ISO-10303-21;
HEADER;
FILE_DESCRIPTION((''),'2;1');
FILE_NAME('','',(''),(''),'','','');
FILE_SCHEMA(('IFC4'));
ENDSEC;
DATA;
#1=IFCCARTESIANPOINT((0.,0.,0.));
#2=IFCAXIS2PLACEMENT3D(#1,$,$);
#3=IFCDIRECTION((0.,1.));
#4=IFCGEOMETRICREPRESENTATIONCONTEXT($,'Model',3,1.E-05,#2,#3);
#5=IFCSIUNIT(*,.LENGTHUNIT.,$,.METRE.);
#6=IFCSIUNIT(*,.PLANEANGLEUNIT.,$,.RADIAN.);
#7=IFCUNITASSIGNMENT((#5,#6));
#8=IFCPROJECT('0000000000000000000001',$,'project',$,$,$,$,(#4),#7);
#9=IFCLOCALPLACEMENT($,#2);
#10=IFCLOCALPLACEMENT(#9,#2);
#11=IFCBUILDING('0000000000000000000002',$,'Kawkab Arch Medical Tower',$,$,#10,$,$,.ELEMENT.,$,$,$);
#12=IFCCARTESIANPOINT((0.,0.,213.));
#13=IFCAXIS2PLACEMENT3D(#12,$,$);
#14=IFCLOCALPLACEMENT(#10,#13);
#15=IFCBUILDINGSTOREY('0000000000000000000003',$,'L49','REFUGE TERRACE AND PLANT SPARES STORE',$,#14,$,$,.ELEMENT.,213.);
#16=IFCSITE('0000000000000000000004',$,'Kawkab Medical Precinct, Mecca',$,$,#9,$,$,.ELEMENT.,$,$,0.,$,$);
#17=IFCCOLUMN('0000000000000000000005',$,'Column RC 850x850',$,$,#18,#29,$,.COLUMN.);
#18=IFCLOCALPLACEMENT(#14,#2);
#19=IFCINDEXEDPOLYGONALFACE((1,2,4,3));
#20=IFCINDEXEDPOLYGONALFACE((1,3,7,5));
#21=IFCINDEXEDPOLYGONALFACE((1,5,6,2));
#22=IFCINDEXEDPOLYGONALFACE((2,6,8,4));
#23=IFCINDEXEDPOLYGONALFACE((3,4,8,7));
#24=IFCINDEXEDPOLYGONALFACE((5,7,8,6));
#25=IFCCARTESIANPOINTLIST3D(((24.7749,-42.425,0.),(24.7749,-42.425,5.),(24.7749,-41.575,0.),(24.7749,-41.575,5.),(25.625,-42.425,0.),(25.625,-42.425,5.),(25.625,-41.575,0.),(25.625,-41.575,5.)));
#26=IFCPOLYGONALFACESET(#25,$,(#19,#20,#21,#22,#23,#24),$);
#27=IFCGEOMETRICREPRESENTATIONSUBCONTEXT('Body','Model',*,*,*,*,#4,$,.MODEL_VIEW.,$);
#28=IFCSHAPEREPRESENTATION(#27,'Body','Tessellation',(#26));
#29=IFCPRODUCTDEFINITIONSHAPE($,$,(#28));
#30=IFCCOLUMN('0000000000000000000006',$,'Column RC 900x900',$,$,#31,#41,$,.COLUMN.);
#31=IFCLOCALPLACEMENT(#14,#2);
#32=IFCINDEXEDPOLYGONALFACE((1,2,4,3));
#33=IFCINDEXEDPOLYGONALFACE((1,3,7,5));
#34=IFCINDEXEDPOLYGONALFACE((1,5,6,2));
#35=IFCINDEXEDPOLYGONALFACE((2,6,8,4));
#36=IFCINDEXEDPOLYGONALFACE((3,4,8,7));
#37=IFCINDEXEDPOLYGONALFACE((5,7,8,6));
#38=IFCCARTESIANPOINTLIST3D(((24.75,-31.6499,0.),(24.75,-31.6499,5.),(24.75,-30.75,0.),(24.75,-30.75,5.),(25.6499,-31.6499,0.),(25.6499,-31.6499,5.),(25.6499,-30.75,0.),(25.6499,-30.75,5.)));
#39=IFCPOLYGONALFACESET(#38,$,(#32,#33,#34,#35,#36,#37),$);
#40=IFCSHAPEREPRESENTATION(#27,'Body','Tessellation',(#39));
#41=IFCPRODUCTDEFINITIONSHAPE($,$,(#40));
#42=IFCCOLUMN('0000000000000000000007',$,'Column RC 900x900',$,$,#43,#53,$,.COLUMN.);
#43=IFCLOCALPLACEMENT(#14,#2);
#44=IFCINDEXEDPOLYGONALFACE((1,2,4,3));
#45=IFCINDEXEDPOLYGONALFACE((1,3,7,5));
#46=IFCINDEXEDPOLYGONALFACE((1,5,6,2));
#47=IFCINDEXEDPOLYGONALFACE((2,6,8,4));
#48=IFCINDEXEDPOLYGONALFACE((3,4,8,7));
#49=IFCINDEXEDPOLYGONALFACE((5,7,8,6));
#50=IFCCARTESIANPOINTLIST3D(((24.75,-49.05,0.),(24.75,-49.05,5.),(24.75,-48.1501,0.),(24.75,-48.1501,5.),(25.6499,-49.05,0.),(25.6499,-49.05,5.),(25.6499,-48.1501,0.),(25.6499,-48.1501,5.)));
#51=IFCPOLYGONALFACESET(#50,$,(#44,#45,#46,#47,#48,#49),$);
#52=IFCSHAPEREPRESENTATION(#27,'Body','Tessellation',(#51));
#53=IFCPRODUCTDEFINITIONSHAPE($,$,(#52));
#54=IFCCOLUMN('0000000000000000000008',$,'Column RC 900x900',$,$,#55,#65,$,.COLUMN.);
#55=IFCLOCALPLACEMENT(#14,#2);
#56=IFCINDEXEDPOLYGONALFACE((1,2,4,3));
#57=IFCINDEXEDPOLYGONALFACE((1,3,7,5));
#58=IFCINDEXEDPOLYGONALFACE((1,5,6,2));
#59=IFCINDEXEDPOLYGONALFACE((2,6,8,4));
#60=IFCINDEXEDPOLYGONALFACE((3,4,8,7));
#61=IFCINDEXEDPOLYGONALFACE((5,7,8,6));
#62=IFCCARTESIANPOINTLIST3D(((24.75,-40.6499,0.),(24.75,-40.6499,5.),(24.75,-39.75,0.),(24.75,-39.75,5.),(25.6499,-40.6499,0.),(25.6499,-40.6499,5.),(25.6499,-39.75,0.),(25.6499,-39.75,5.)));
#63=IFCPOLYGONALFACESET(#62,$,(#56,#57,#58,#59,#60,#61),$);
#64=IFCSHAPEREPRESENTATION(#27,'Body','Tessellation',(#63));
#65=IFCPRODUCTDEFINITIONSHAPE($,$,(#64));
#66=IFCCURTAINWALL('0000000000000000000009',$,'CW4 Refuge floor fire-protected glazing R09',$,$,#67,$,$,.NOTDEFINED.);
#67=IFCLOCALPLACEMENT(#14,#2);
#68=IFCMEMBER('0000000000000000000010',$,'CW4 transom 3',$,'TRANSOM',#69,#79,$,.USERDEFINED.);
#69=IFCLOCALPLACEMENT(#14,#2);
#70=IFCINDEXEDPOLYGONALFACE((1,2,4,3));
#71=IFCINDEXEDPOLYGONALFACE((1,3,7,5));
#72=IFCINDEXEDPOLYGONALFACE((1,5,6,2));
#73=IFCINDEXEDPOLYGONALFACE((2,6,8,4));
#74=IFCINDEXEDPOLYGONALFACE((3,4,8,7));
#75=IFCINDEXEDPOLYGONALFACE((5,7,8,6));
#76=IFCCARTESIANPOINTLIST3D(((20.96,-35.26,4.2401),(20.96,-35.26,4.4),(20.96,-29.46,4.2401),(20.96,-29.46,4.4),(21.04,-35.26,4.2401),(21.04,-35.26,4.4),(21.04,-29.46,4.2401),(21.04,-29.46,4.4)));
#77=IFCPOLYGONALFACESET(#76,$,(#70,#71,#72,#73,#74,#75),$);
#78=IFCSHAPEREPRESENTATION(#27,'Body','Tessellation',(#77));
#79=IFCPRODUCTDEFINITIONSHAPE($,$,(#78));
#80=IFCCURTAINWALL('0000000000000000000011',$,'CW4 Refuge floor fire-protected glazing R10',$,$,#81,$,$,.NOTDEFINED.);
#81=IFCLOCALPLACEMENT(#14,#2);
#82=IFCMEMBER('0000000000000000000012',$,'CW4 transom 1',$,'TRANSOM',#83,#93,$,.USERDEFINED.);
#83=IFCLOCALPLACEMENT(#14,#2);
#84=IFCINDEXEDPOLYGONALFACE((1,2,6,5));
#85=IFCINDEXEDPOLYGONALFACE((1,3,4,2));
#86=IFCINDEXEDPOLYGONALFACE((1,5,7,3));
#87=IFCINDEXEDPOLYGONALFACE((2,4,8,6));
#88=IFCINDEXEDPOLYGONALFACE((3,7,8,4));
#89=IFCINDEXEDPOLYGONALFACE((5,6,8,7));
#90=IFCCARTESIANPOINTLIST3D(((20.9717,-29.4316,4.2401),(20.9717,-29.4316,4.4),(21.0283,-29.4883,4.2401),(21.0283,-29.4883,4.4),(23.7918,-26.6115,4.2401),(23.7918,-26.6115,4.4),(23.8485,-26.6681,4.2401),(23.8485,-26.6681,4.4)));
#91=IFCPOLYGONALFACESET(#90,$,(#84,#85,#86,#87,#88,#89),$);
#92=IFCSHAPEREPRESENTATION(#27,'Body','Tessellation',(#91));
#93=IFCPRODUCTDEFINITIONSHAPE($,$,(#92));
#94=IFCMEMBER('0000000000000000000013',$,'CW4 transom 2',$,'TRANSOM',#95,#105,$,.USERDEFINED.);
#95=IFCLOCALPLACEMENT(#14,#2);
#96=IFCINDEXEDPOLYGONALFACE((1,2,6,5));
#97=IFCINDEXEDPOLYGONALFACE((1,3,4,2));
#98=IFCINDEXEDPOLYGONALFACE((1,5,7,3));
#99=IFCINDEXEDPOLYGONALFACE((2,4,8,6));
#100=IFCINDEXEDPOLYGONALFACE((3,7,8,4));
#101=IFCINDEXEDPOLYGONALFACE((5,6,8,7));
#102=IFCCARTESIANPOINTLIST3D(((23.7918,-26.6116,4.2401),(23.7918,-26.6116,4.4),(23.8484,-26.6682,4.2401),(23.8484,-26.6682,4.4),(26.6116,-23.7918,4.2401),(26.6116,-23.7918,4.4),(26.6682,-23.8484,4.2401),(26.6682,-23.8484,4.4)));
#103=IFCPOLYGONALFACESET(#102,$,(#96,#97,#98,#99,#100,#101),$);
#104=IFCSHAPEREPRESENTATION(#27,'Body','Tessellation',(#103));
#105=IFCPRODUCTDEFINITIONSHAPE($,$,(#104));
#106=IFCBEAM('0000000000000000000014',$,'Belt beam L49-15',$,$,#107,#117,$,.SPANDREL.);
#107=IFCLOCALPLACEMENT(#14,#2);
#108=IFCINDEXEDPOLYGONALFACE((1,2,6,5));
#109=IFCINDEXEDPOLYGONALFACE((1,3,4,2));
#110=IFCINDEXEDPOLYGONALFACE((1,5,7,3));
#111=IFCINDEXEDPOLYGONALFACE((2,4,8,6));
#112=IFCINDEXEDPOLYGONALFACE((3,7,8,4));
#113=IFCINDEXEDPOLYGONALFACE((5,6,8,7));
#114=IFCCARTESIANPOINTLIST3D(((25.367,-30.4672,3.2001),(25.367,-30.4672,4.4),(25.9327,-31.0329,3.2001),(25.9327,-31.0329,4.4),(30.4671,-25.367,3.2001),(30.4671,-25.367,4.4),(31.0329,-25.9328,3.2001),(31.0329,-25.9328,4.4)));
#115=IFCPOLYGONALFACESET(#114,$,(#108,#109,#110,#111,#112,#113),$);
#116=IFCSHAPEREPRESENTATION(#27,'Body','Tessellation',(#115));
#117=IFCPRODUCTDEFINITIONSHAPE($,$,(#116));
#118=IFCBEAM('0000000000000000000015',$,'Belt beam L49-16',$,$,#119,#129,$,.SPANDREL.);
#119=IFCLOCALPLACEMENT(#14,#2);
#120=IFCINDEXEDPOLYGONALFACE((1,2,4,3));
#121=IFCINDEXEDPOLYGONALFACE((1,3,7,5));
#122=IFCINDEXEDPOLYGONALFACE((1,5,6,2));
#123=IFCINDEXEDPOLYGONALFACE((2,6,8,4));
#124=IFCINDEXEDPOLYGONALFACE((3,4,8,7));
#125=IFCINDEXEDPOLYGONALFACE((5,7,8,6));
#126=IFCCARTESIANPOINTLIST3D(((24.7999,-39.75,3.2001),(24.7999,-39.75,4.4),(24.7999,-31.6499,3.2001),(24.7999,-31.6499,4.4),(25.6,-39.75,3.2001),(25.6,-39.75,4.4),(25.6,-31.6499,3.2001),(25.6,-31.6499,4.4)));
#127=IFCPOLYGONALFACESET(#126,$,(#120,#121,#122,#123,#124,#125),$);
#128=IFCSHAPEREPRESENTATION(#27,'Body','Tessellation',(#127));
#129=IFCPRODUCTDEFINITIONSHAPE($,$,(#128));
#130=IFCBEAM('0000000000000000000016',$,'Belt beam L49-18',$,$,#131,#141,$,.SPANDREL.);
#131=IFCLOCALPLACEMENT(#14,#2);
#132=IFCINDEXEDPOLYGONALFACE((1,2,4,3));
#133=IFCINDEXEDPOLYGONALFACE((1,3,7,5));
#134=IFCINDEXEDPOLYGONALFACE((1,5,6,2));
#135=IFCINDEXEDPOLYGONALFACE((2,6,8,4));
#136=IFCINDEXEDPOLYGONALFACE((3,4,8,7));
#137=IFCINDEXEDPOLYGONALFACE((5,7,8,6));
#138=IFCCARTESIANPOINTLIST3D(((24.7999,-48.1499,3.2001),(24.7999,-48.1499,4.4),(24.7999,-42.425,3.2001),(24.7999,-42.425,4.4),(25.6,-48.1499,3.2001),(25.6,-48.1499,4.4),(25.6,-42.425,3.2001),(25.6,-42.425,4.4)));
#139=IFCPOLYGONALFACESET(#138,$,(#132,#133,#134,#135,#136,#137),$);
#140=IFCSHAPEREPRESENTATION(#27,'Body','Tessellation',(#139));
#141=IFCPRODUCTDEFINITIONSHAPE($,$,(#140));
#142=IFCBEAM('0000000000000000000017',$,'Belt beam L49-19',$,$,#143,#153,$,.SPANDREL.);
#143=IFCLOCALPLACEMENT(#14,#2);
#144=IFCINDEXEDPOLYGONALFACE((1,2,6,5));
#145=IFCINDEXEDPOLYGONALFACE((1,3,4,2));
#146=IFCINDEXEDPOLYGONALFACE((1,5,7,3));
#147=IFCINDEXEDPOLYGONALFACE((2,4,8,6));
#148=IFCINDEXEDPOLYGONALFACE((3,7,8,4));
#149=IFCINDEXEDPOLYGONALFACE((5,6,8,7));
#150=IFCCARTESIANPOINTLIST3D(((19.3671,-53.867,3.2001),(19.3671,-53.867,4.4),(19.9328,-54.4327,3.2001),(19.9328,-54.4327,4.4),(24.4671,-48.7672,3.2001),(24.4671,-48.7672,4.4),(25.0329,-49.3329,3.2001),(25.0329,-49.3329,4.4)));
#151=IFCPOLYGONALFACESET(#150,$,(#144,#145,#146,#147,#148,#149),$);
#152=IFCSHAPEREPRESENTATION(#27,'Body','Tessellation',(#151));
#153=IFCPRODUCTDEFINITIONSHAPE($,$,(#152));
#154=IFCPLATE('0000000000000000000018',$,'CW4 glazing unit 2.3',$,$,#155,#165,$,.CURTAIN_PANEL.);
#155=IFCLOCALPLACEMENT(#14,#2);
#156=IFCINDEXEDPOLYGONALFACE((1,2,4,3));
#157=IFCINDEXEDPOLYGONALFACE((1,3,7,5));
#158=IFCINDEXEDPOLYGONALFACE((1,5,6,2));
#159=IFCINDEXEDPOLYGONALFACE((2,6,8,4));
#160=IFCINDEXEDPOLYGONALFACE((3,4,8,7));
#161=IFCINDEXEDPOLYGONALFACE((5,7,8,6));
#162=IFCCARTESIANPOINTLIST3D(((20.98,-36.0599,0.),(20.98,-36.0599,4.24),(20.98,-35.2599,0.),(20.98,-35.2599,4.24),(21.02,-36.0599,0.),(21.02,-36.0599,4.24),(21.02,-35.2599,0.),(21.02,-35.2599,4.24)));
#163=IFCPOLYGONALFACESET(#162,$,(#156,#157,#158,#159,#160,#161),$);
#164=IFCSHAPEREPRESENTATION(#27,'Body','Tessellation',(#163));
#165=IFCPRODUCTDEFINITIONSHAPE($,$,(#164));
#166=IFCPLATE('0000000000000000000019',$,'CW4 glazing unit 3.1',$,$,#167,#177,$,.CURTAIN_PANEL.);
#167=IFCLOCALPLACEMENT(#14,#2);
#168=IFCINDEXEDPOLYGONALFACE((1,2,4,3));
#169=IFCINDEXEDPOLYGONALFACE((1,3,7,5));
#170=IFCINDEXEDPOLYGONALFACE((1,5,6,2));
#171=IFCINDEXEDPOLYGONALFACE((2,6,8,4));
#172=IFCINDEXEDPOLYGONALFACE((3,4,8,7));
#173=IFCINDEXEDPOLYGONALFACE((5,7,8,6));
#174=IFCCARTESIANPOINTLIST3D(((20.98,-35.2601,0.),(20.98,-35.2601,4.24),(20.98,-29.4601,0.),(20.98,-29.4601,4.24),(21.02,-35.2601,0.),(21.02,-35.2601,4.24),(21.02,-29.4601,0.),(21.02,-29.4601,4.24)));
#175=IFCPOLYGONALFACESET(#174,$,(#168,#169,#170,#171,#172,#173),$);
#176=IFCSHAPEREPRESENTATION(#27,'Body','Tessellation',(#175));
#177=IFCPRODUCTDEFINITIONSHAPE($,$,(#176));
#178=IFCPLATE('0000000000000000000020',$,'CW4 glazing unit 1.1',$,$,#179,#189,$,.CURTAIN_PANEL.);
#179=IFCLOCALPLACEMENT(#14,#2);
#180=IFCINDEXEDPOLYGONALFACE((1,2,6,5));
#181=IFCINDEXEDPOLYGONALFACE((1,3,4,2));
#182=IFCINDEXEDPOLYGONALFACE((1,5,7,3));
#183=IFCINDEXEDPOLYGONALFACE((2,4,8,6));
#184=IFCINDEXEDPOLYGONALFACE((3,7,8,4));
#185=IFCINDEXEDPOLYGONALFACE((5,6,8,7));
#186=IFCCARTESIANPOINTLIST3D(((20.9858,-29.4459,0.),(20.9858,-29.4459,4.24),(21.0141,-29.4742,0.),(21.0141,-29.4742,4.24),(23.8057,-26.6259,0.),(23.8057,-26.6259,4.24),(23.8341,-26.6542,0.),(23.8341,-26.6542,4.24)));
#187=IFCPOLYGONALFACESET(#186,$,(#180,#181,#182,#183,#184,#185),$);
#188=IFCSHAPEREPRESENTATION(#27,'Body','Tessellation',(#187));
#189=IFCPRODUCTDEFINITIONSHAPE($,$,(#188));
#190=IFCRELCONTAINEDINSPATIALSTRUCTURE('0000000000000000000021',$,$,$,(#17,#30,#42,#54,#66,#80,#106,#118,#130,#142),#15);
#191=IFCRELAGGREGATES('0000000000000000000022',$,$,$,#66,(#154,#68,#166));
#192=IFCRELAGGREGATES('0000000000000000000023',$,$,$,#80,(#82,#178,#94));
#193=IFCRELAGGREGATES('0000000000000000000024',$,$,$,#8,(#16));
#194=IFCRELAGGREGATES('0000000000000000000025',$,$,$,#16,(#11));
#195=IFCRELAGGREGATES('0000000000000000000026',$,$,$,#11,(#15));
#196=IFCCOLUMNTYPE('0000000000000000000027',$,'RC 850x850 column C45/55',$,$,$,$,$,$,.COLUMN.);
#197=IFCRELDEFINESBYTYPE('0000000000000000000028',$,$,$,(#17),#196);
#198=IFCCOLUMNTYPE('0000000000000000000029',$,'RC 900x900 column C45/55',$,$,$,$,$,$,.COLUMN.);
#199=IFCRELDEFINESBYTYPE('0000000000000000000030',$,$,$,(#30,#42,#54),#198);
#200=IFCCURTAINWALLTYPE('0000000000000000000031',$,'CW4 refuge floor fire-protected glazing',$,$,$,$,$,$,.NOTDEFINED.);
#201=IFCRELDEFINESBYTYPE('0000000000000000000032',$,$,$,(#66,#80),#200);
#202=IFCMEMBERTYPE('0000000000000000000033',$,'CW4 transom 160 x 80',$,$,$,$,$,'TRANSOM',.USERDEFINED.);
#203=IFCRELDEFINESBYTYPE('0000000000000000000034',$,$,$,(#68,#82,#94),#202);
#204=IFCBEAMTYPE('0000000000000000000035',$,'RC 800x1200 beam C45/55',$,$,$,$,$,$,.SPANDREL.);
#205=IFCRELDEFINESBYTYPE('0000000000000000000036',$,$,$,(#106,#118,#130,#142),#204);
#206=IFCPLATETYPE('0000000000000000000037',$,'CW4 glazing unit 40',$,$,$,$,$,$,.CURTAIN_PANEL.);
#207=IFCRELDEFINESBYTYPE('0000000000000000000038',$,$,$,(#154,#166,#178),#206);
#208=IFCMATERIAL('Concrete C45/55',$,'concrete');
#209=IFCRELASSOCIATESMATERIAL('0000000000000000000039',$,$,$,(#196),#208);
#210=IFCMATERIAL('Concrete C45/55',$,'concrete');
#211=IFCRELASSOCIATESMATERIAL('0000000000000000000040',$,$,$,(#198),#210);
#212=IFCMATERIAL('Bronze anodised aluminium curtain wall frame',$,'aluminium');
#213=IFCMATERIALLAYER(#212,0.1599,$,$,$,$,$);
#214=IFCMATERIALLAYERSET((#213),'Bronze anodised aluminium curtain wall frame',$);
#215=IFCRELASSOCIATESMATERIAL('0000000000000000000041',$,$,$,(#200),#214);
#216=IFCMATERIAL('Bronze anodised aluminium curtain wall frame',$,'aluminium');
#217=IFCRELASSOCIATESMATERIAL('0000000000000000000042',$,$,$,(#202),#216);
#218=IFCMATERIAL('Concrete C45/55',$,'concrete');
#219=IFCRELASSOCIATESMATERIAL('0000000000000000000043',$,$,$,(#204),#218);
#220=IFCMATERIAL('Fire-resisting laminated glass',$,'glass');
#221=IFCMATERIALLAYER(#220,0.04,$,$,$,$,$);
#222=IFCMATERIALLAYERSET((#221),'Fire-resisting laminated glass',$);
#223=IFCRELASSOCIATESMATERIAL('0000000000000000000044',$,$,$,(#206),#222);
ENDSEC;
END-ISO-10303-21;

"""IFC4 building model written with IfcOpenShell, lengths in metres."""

from ifc_helpers import new_model, si_unit, direction, frame, origin, origin_2d, place, context, subcontext, project, spatial, rectangle, extrude, material, layer, layer_set, material_profile, profile_set, type_object, element, aggregate, save


model = new_model("IFC4")

# Units and contexts
model_context = context("Model", 3, precision=1e-05, world=origin(), true_north=direction((0.0, 1.0)))
body_context = subcontext(model_context, "Body", "Model", "MODEL_VIEW")
ifc_project = project(units=[si_unit("LENGTHUNIT", "METRE"), si_unit("PLANEANGLEUNIT", "RADIAN")], contexts=[model_context])

# Site, building, storey
site_placement = place(None, origin())
site = spatial("IfcSite", under=ifc_project, at=site_placement, Name="Kawkab Medical Precinct, Mecca", CompositionType="ELEMENT", RefElevation=0.0)
building_placement = place(site_placement, origin())
building = spatial("IfcBuilding", under=site, at=building_placement, Name="Kawkab Arch Medical Tower", CompositionType="ELEMENT")
storey_placement = place(building_placement, frame((0.0, 0.0, 213.0)))
storey = spatial("IfcBuildingStorey", under=building, at=storey_placement, Name="L49", Description="REFUGE TERRACE AND PLANT SPARES STORE", CompositionType="ELEMENT", Elevation=213.0)

# Columns
ifc_material_1 = material(Name="Concrete C45/55", Category="concrete")
ifc_material_profile_1 = material_profile(ifc_material_1, rectangle(XDim=0.8501, YDim=0.8501, at=origin_2d()), Name="RC 850x850")
ifc_profile_set_1 = profile_set([ifc_material_profile_1], Name="Concrete C45/55")
column_type_1 = type_object("IfcColumnType", Name="RC 850x850 column C45/55", PredefinedType="COLUMN", material=ifc_profile_set_1)
column_placement = place(storey_placement, frame((25.2, -42.0, 0.0), z_axis=(0.0, 0.0, 1.0), x_axis=(1.0, 0.0, 0.0)))
element("IfcColumn", 1, at=column_placement, inside=storey, type_object=column_type_1, Name="Column RC 850x850", PredefinedType="COLUMN", context=body_context, shape_type="SweptSolid", body=[
    extrude(rectangle(XDim=0.8501, YDim=0.8501, at=origin_2d()), origin(), (0.0, 0.0, 1.0), 5.0),
])
ifc_material_2 = material(Name="Concrete C45/55", Category="concrete")
ifc_material_profile_2 = material_profile(ifc_material_2, rectangle(XDim=0.8999, YDim=0.8999, at=origin_2d()), Name="RC 900x900")
ifc_profile_set_2 = profile_set([ifc_material_profile_2], Name="Concrete C45/55")
column_type_2 = type_object("IfcColumnType", Name="RC 900x900 column C45/55", PredefinedType="COLUMN", material=ifc_profile_set_2)
for number, where, z_axis, x_axis, name in (
    (2, (25.2, -31.2, 0.0), (0.0, 0.0, 1.0), (1.0, 0.0, 0.0), "Column RC 900x900"),
    (3, (25.2, -48.6001, 0.0), (0.0, 0.0, 1.0), (1.0, 0.0, 0.0), "Column RC 900x900"),
    (4, (25.2, -40.2, 0.0), (0.0, 0.0, 1.0), (1.0, 0.0, 0.0), "Column RC 900x900"),
):
    element("IfcColumn", number, at=place(storey_placement, frame(where, z_axis=z_axis, x_axis=x_axis)), inside=storey, type_object=column_type_2, Name=name, PredefinedType="COLUMN", context=body_context, shape_type="SweptSolid", body=[
        extrude(rectangle(XDim=0.8999, YDim=0.8999, at=origin_2d()), origin(), (0.0, 0.0, 1.0), 5.0),
    ])

# Curtain wall, member
ifc_material_3 = material(Name="Bronze anodised aluminium curtain wall frame", Category="aluminium")
ifc_layer_1 = layer(ifc_material_3, 0.1599)
ifc_layer_set_1 = layer_set([ifc_layer_1], Name="Bronze anodised aluminium curtain wall frame")
curtain_wall_type = type_object("IfcCurtainWallType", Name="CW4 refuge floor fire-protected glazing", PredefinedType="NOTDEFINED", material=ifc_layer_set_1)
placement = place(storey_placement, origin())
curtain_wall_1 = element("IfcCurtainWall", 5, at=placement, inside=storey, type_object=curtain_wall_type, Name="CW4 Refuge floor fire-protected glazing R09", PredefinedType="NOTDEFINED")
ifc_material_4 = material(Name="Bronze anodised aluminium curtain wall frame", Category="aluminium")
ifc_material_profile_3 = material_profile(ifc_material_4, rectangle(XDim=0.0801, YDim=0.1599, at=origin_2d()), Name="AL 80x160")
ifc_profile_set_3 = profile_set([ifc_material_profile_3], Name="Bronze anodised aluminium curtain wall frame")
member_type = type_object("IfcMemberType", Name="CW4 transom 160 x 80", ElementType="TRANSOM", PredefinedType="USERDEFINED", material=ifc_profile_set_3)
member_1_placement = place(storey_placement, frame((21.0, -35.26, 4.3201), z_axis=(0.0, 1.0, 0.0), x_axis=(-1.0, 0.0, 0.0)))
member_1 = element("IfcMember", 6, at=member_1_placement, type_object=member_type, Name="CW4 transom 3", ObjectType="TRANSOM", PredefinedType="USERDEFINED", context=body_context, shape_type="SweptSolid", body=[
    extrude(rectangle(XDim=0.0801, YDim=0.1599, at=origin_2d()), origin(), (0.0, 0.0, 1.0), 5.8),
])

# Curtain wall, members
curtain_wall_2 = element("IfcCurtainWall", 7, at=placement, inside=storey, type_object=curtain_wall_type, Name="CW4 Refuge floor fire-protected glazing R10", PredefinedType="NOTDEFINED")
member_2_placement = place(storey_placement, frame((21.0, -29.46, 4.3201), z_axis=(0.707107, 0.707107, 0.0), x_axis=(-0.707107, 0.707107, 0.0)))
member_2 = element("IfcMember", 8, at=member_2_placement, type_object=member_type, Name="CW4 transom 1", ObjectType="TRANSOM", PredefinedType="USERDEFINED", context=body_context, shape_type="SweptSolid", body=[
    extrude(rectangle(XDim=0.0801, YDim=0.1599, at=origin_2d()), origin(), (0.0, 0.0, 1.0), 3.9883),
])
member_3_placement = place(storey_placement, frame((23.8201, -26.6399, 4.3201), z_axis=(0.707107, 0.707107, 0.0), x_axis=(-0.707107, 0.707107, 0.0)))
member_3 = element("IfcMember", 9, at=member_3_placement, type_object=member_type, Name="CW4 transom 2", ObjectType="TRANSOM", PredefinedType="USERDEFINED", context=body_context, shape_type="SweptSolid", body=[
    extrude(rectangle(XDim=0.0801, YDim=0.1599, at=origin_2d()), origin(), (0.0, 0.0, 1.0), 3.9878),
])

# Beams
ifc_material_5 = material(Name="Concrete C45/55", Category="concrete")
ifc_material_profile_4 = material_profile(ifc_material_5, rectangle(XDim=0.8, YDim=1.2, at=origin_2d()), Name="RC 800x1200")
ifc_profile_set_4 = profile_set([ifc_material_profile_4], Name="Concrete C45/55")
beam_type = type_object("IfcBeamType", Name="RC 800x1200 beam C45/55", PredefinedType="SPANDREL", material=ifc_profile_set_4)
beam_1_placement = place(storey_placement, frame((30.75, -25.6499, 3.8), z_axis=(-0.707107, -0.707107, 0.0), x_axis=(0.707107, -0.707107, 0.0)))
element("IfcBeam", 10, at=beam_1_placement, inside=storey, type_object=beam_type, Name="Belt beam L49-15", PredefinedType="SPANDREL", context=body_context, shape_type="SweptSolid", body=[
    extrude(rectangle(XDim=0.8, YDim=1.2, at=origin_2d()), origin(), (0.0, 0.0, 1.0), 7.2126),
])
beam_2_placement = place(storey_placement, frame((25.2, -31.6499, 3.8), z_axis=(0.0, -1.0, 0.0), x_axis=(1.0, 0.0, 0.0)))
element("IfcBeam", 11, at=beam_2_placement, inside=storey, type_object=beam_type, Name="Belt beam L49-16", PredefinedType="SPANDREL", context=body_context, shape_type="SweptSolid", body=[
    extrude(rectangle(XDim=0.8, YDim=1.2, at=origin_2d()), origin(), (0.0, 0.0, 1.0), 8.1001),
])
beam_3_placement = place(storey_placement, frame((25.2, -42.425, 3.8), z_axis=(0.0, -1.0, 0.0), x_axis=(1.0, 0.0, 0.0)))
element("IfcBeam", 12, at=beam_3_placement, inside=storey, type_object=beam_type, Name="Belt beam L49-18", PredefinedType="SPANDREL", context=body_context, shape_type="SweptSolid", body=[
    extrude(rectangle(XDim=0.8, YDim=1.2, at=origin_2d()), origin(), (0.0, 0.0, 1.0), 5.7249),
])
beam_4_placement = place(storey_placement, frame((24.75, -49.05, 3.8), z_axis=(-0.707124, -0.70709, 0.0), x_axis=(0.70709, -0.707124, 0.0)))
element("IfcBeam", 13, at=beam_4_placement, inside=storey, type_object=beam_type, Name="Belt beam L49-19", PredefinedType="SPANDREL", context=body_context, shape_type="SweptSolid", body=[
    extrude(rectangle(XDim=0.8, YDim=1.2, at=origin_2d()), origin(), (0.0, 0.0, 1.0), 7.2124),
])

# Plates
ifc_material_6 = material(Name="Fire-resisting laminated glass", Category="glass")
ifc_layer_2 = layer(ifc_material_6, 0.04)
ifc_layer_set_2 = layer_set([ifc_layer_2], Name="Fire-resisting laminated glass")
plate_type = type_object("IfcPlateType", Name="CW4 glazing unit 40", PredefinedType="CURTAIN_PANEL", material=ifc_layer_set_2)
plate_1_placement = place(storey_placement, frame((21.0, -35.6599, 0.0), z_axis=(0.0, 0.0, 1.0), x_axis=(0.0, 1.0, 0.0)))
plate_1 = element("IfcPlate", 14, at=plate_1_placement, type_object=plate_type, Name="CW4 glazing unit 2.3", PredefinedType="CURTAIN_PANEL", context=body_context, shape_type="SweptSolid", body=[
    extrude(rectangle(XDim=0.8, YDim=0.04, at=origin_2d()), origin(), (0.0, 0.0, 1.0), 4.24),
])
plate_2_placement = place(storey_placement, frame((21.0, -32.3601, 0.0), z_axis=(0.0, 0.0, 1.0), x_axis=(0.0, 1.0, 0.0)))
plate_2 = element("IfcPlate", 15, at=plate_2_placement, type_object=plate_type, Name="CW4 glazing unit 3.1", PredefinedType="CURTAIN_PANEL", context=body_context, shape_type="SweptSolid", body=[
    extrude(rectangle(XDim=5.8, YDim=0.04, at=origin_2d()), origin(), (0.0, 0.0, 1.0), 4.24),
])
aggregate(curtain_wall_1, [plate_1, member_1, plate_2])
plate_3_placement = place(storey_placement, frame((22.4099, -28.05, 0.0), z_axis=(0.0, 0.0, 1.0), x_axis=(0.707107, 0.707107, 0.0)))
plate_3 = element("IfcPlate", 16, at=plate_3_placement, type_object=plate_type, Name="CW4 glazing unit 1.1", PredefinedType="CURTAIN_PANEL", context=body_context, shape_type="SweptSolid", body=[
    extrude(rectangle(XDim=3.988, YDim=0.04, at=origin_2d()), origin(), (0.0, 0.0, 1.0), 4.24),
])
aggregate(curtain_wall_2, [member_2, plate_3, member_3])

save(model, "model.ifc")
